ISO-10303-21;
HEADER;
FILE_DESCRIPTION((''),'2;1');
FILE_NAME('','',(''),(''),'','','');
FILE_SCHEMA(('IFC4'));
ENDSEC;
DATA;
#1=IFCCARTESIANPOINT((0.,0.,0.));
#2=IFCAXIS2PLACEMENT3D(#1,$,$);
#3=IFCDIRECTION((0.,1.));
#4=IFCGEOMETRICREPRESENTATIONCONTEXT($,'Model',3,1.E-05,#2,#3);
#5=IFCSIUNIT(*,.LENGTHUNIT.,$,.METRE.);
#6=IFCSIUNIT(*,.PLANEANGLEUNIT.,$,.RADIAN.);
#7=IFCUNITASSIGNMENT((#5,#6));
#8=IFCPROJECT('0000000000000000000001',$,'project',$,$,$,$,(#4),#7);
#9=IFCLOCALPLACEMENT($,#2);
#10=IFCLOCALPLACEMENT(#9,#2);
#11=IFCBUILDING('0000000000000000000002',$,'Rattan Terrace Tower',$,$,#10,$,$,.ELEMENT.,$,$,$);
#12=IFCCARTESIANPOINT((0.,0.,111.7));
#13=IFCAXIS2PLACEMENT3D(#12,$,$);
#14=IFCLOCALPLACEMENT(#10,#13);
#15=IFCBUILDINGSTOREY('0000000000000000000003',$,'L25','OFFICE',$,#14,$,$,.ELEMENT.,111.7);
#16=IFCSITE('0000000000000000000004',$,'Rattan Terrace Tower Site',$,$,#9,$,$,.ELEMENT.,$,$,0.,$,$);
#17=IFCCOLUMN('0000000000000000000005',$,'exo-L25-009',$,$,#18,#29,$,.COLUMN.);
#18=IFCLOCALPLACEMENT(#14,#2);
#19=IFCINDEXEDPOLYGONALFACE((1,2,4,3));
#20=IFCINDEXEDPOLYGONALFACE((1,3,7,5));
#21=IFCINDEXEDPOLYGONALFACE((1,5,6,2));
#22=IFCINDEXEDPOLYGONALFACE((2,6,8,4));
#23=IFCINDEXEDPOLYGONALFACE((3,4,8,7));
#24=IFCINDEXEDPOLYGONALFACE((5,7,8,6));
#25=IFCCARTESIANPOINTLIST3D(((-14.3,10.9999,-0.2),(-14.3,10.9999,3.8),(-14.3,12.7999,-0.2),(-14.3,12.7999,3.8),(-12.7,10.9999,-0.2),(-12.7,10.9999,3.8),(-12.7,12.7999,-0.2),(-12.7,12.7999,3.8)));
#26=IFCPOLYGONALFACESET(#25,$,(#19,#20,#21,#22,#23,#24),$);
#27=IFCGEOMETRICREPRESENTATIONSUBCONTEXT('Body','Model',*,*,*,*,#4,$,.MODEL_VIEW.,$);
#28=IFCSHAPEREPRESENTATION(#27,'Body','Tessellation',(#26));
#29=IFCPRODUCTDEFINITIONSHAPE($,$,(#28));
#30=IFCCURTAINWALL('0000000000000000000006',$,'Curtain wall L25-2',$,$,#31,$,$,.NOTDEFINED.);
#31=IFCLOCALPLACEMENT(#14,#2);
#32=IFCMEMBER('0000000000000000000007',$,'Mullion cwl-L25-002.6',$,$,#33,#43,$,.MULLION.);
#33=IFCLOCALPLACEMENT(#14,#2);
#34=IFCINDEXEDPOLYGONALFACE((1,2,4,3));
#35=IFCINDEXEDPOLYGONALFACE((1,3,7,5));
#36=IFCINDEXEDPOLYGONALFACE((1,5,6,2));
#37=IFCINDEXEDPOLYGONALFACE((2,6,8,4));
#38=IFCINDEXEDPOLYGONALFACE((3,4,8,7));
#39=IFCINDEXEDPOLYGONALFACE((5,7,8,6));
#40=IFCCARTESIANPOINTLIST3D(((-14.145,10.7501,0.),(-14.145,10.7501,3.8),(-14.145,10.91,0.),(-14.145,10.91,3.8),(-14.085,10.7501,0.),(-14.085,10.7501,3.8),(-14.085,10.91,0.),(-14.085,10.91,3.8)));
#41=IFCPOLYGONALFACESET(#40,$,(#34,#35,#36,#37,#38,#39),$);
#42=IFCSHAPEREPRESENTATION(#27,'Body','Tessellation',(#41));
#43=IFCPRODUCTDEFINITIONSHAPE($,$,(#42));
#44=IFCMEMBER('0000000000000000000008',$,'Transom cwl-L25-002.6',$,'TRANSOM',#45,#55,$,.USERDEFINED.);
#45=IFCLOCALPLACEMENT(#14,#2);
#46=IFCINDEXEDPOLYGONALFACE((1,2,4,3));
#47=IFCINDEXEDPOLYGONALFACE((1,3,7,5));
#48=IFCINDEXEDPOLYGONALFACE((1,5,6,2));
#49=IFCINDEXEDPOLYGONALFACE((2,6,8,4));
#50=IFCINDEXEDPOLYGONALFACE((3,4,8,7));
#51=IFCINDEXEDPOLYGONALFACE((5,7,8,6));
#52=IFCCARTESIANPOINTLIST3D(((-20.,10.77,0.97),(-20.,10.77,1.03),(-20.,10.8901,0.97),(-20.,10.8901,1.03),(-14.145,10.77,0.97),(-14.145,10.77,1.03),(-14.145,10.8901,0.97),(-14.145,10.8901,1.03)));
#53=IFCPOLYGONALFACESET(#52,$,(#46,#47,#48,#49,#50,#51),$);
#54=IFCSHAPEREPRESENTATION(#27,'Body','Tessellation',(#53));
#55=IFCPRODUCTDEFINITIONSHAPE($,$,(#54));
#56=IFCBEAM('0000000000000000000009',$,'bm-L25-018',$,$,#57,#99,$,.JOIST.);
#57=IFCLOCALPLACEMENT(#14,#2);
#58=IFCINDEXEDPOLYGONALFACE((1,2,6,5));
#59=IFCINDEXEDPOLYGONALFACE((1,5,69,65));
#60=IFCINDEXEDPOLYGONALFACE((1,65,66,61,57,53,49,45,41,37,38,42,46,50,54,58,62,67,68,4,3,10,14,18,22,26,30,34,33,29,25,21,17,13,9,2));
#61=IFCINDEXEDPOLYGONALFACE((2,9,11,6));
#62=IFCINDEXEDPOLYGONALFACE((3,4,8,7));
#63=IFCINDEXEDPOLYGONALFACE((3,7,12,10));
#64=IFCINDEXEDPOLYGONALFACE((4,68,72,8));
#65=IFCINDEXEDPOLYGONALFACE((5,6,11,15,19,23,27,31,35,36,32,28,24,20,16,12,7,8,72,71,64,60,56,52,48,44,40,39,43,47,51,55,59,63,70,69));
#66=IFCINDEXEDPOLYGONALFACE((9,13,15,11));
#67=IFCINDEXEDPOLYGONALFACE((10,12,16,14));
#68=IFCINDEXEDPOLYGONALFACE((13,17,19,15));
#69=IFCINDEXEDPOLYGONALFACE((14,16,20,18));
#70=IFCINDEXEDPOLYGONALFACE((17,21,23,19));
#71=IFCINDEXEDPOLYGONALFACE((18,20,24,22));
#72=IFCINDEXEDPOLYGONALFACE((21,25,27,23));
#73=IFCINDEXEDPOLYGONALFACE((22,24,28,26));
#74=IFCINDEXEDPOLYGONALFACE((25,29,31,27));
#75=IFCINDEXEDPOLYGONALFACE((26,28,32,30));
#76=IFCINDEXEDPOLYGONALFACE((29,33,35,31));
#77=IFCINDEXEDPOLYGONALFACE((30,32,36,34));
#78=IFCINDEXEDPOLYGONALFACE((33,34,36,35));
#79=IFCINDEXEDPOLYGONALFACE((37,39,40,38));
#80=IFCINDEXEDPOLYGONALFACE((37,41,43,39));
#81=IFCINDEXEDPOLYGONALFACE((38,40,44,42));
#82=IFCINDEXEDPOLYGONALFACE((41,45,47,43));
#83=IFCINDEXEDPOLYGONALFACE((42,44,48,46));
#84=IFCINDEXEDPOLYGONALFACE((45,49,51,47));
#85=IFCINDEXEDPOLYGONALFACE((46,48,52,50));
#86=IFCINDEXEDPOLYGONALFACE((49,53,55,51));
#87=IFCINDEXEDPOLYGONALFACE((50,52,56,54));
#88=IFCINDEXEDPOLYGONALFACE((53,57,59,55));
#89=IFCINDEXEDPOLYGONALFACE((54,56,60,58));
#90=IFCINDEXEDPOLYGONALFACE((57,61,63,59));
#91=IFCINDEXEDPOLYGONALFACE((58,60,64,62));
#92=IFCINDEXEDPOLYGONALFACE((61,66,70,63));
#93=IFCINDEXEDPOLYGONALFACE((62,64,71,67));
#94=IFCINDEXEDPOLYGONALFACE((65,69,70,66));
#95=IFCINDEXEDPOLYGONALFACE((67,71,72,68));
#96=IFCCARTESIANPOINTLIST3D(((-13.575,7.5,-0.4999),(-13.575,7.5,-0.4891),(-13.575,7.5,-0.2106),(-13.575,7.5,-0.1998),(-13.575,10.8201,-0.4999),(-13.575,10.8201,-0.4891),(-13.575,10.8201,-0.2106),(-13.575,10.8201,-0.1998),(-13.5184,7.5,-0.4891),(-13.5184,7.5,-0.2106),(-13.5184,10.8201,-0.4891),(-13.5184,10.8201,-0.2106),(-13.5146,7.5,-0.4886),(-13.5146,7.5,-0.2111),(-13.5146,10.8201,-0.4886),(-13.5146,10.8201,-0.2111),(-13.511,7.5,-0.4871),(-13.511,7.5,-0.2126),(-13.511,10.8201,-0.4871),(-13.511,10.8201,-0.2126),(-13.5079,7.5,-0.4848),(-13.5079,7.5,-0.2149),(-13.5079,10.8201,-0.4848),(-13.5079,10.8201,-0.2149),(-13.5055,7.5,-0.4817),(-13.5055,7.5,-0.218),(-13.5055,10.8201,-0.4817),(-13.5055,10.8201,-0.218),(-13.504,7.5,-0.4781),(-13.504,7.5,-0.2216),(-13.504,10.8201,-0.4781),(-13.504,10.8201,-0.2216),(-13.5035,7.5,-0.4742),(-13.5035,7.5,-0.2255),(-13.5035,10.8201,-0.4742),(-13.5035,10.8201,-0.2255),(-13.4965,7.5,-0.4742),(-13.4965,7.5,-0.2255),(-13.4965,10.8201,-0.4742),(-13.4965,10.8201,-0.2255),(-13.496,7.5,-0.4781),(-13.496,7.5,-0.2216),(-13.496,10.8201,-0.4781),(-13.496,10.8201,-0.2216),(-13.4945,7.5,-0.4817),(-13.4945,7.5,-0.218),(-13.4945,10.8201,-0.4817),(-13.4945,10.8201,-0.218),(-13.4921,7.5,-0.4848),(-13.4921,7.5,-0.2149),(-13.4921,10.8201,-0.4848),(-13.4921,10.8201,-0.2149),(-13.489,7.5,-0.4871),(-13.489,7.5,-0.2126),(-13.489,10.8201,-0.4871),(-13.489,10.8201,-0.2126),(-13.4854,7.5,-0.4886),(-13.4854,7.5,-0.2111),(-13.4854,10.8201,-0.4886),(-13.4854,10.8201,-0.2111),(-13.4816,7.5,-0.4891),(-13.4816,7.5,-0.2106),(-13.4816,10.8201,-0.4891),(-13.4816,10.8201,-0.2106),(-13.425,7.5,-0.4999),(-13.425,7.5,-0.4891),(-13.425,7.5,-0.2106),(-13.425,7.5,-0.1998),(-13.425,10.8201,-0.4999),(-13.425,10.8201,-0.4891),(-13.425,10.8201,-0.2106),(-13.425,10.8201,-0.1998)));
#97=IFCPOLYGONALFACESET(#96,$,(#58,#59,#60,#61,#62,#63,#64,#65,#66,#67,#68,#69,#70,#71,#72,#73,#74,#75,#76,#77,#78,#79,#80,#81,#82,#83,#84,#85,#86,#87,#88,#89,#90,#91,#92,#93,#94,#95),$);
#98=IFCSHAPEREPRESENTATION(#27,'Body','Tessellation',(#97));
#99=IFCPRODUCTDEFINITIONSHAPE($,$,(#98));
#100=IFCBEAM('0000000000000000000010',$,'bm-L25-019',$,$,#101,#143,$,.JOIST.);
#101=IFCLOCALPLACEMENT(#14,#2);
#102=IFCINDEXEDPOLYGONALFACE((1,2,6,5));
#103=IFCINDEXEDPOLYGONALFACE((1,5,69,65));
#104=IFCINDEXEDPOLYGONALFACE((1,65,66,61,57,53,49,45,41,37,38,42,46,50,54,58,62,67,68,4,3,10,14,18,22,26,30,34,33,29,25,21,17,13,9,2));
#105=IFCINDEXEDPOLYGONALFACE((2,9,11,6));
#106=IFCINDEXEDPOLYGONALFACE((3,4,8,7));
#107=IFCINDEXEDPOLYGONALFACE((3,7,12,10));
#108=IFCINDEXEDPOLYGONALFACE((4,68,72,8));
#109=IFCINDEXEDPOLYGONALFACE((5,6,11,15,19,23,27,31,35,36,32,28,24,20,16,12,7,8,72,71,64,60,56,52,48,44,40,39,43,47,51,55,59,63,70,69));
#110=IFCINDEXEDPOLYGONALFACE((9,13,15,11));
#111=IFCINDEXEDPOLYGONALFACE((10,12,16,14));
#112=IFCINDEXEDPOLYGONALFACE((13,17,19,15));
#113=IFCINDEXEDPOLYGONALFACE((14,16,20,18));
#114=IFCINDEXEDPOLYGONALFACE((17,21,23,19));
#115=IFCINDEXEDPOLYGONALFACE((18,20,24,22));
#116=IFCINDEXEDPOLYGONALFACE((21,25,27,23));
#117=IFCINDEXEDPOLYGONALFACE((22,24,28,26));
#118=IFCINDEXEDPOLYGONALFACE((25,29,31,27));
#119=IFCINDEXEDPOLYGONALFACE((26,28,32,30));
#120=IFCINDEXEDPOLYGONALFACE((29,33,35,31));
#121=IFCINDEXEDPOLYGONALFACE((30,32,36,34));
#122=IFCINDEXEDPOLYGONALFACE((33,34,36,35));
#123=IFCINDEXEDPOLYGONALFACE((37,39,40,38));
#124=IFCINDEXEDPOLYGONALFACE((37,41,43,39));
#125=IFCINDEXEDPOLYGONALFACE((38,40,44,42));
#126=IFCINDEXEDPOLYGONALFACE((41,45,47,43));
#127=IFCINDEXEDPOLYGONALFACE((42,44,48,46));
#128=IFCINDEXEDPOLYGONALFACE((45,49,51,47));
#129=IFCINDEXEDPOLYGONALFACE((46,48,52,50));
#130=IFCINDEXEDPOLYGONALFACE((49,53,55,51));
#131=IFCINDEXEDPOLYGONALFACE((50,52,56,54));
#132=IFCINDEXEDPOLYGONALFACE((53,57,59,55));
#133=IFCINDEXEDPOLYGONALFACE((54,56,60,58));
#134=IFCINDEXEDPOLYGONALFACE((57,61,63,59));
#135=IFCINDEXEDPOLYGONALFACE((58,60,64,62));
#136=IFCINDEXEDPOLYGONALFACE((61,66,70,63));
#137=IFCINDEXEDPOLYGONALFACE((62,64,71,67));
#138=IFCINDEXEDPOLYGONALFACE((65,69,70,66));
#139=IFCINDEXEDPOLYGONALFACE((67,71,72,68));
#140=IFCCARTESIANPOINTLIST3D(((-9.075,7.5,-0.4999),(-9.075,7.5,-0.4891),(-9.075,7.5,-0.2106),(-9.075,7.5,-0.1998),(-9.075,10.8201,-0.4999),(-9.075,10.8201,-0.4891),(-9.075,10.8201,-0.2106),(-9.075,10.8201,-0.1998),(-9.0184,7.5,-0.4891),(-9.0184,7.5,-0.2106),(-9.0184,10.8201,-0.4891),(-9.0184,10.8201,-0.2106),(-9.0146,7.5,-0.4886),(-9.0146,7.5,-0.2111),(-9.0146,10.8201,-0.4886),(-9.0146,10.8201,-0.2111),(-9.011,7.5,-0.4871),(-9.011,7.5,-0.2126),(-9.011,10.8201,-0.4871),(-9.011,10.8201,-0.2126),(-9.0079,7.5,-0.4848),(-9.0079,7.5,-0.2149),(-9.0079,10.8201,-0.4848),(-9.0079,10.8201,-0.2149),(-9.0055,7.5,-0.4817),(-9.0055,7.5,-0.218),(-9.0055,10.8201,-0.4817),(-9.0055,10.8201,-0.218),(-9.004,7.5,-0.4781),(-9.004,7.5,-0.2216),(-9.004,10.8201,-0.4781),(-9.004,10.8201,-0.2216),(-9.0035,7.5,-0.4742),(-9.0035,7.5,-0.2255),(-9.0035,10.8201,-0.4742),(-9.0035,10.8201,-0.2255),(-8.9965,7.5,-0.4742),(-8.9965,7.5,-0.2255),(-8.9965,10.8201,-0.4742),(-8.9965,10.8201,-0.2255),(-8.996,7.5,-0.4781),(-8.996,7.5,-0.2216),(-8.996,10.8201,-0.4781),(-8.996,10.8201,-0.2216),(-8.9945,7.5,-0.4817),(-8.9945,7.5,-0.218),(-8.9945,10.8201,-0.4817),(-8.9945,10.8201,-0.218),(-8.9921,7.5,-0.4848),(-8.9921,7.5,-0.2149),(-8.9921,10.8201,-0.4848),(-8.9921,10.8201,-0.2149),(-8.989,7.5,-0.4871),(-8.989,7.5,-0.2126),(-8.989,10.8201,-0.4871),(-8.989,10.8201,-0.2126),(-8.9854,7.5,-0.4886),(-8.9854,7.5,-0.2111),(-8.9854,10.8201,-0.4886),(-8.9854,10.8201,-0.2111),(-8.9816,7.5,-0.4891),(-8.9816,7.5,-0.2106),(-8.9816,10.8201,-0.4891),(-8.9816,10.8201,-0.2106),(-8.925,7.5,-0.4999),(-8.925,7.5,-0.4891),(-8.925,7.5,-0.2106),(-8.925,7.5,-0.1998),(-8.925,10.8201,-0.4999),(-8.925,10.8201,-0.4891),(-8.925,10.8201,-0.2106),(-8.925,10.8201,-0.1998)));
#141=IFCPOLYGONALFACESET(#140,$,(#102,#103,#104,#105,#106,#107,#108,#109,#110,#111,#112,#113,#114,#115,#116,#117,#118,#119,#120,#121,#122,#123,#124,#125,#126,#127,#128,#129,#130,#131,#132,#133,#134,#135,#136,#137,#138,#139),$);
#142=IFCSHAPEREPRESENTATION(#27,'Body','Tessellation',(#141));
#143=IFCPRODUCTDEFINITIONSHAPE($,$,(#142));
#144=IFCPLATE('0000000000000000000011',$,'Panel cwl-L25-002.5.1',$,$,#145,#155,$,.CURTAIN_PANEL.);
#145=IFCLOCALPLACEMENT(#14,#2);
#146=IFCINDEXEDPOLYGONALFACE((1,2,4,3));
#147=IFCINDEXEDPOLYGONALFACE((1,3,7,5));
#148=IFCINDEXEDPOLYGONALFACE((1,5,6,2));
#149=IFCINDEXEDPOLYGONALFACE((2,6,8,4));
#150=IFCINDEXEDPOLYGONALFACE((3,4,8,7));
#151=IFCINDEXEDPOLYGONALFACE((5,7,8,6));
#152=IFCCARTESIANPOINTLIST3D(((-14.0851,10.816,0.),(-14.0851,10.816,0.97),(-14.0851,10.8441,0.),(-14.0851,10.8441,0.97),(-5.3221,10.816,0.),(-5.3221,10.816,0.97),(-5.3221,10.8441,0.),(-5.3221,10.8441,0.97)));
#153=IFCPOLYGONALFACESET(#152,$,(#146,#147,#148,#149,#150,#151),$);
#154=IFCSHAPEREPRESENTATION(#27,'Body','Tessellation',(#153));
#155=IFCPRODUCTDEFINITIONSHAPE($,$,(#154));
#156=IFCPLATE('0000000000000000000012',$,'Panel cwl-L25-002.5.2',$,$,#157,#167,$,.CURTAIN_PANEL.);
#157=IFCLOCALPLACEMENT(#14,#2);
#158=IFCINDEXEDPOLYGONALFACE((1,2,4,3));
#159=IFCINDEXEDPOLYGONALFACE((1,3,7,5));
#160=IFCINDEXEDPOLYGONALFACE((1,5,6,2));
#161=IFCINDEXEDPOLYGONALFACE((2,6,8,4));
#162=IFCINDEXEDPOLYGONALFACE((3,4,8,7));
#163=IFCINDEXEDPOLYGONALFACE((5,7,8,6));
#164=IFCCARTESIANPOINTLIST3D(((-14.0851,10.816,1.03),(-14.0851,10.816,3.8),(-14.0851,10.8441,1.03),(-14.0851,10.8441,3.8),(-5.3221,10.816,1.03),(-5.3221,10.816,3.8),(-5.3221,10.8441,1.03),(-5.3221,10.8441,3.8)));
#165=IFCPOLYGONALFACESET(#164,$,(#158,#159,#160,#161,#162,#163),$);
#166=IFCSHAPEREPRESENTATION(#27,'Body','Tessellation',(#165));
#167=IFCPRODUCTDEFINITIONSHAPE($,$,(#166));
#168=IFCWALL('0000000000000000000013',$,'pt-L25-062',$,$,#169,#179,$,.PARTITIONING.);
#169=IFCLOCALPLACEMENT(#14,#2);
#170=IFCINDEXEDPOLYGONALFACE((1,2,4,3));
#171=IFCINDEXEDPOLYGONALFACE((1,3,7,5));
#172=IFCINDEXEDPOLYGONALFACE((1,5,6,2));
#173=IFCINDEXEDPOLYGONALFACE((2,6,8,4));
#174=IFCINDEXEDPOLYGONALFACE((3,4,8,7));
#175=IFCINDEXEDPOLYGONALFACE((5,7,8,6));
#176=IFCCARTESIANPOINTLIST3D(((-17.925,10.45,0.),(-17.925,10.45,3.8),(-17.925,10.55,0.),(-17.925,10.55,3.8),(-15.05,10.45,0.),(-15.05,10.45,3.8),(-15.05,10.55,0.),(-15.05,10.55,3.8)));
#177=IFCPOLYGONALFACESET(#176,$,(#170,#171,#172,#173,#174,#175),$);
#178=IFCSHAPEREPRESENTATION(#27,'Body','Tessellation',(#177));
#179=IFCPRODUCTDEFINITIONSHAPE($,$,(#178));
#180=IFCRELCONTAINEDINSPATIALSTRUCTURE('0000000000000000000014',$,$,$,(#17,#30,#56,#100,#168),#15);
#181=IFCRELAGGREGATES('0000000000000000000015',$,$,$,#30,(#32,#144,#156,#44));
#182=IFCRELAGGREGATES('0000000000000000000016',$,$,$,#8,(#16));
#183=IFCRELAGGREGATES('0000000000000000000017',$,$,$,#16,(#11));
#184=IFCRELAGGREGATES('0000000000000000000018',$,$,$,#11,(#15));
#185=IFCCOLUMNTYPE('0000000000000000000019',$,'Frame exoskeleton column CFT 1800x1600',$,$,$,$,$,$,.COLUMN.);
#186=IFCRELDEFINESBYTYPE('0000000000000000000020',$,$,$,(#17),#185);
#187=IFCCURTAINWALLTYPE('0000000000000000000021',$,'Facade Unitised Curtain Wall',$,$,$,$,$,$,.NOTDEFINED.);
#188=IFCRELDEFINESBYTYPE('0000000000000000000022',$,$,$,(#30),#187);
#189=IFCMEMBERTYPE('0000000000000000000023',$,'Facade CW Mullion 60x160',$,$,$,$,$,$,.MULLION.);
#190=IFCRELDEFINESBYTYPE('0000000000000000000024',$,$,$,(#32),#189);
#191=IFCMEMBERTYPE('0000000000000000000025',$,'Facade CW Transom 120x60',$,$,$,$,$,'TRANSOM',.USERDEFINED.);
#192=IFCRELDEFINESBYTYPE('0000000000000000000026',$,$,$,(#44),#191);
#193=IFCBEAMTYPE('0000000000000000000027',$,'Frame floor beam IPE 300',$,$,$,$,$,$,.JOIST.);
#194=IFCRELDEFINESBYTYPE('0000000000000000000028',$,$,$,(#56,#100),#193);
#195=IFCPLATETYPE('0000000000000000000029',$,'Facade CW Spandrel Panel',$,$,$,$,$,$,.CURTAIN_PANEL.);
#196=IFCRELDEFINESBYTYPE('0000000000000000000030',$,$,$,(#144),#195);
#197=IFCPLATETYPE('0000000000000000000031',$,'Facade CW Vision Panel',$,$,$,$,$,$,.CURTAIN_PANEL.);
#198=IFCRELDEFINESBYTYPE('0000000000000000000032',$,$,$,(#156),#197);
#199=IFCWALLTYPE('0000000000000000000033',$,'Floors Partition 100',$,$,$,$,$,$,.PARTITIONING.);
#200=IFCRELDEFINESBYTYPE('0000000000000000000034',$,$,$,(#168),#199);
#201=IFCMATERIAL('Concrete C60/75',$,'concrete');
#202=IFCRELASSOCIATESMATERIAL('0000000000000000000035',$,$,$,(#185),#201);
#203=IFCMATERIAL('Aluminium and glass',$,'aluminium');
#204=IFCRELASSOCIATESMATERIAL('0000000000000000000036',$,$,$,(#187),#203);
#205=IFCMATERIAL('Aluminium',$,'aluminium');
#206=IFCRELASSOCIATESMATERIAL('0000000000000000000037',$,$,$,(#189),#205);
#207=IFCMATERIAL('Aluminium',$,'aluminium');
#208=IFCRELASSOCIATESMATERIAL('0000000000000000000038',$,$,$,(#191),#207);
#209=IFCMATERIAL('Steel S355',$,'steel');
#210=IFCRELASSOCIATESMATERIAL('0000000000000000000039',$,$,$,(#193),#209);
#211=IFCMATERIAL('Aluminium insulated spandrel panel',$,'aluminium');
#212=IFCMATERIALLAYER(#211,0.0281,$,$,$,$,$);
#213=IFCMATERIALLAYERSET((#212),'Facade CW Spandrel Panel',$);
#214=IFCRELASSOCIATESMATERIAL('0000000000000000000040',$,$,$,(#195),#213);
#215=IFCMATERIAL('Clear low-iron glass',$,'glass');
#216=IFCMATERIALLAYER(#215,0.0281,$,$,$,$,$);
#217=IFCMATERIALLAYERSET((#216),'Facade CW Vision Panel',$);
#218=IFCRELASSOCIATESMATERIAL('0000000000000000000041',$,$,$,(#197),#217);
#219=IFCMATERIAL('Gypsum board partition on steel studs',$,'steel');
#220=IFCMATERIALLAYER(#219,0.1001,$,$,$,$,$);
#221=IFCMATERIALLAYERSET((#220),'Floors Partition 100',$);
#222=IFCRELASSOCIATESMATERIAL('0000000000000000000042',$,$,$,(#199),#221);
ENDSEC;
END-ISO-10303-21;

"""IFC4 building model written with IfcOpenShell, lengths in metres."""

from ifc_helpers import new_model, si_unit, direction, frame, frame_2d, origin, origin_2d, place, context, subcontext, project, spatial, rectangle, i_section, extrude, material, layer, layer_set, material_profile, profile_set, type_object, element, aggregate, save


model = new_model("IFC4")

# Units and contexts
model_context = context("Model", 3, precision=1e-05, world=origin(), true_north=direction((0.0, 1.0)))
body_context = subcontext(model_context, "Body", "Model", "MODEL_VIEW")
ifc_project = project(units=[si_unit("LENGTHUNIT", "METRE"), si_unit("PLANEANGLEUNIT", "RADIAN")], contexts=[model_context])

# Site, building, storey
site_placement = place(None, origin())
site = spatial("IfcSite", under=ifc_project, at=site_placement, Name="Rattan Terrace Tower Site", CompositionType="ELEMENT", RefElevation=0.0)
building_placement = place(site_placement, origin())
building = spatial("IfcBuilding", under=site, at=building_placement, Name="Rattan Terrace Tower", CompositionType="ELEMENT")
storey_placement = place(building_placement, frame((0.0, 0.0, 111.7)))
storey = spatial("IfcBuildingStorey", under=building, at=storey_placement, Name="L25", Description="OFFICE", CompositionType="ELEMENT", Elevation=111.7)

# Column
ifc_material_1 = material(Name="Concrete C60/75", Category="concrete")
ifc_material_profile_1 = material_profile(ifc_material_1, rectangle(XDim=1.6001, YDim=1.8, at=origin_2d()), Name="CFT 1800x1600")
ifc_profile_set_1 = profile_set([ifc_material_profile_1], Name="Concrete C60/75")
column_type = type_object("IfcColumnType", Name="Frame exoskeleton column CFT 1800x1600", PredefinedType="COLUMN", material=ifc_profile_set_1)
column_placement = place(storey_placement, frame((-13.5, 11.8999, -0.2), z_axis=(0.0, 0.0, 1.0), x_axis=(1.0, 0.0, 0.0)))
element("IfcColumn", 1, at=column_placement, inside=storey, type_object=column_type, Name="exo-L25-009", PredefinedType="COLUMN", context=body_context, shape_type="SweptSolid", body=[
    extrude(rectangle(XDim=1.6001, YDim=1.8, at=origin_2d()), origin(), (0.0, 0.0, 1.0), 4.0),
])

# Curtain wall, members
ifc_material_2 = material(Name="Aluminium and glass", Category="aluminium")
curtain_wall_type = type_object("IfcCurtainWallType", Name="Facade Unitised Curtain Wall", PredefinedType="NOTDEFINED", material=ifc_material_2)
curtain_wall_placement = place(storey_placement, origin())
curtain_wall = element("IfcCurtainWall", 2, at=curtain_wall_placement, inside=storey, type_object=curtain_wall_type, Name="Curtain wall L25-2", PredefinedType="NOTDEFINED")
ifc_material_3 = material(Name="Aluminium", Category="aluminium")
ifc_material_profile_2 = material_profile(ifc_material_3, rectangle(XDim=0.0601, YDim=0.1599, at=origin_2d()), Name="Aluminium 60x160")
ifc_profile_set_2 = profile_set([ifc_material_profile_2], Name="Aluminium")
member_type_1 = type_object("IfcMemberType", Name="Facade CW Mullion 60x160", PredefinedType="MULLION", material=ifc_profile_set_2)
member_1_placement = place(storey_placement, frame((-14.115, 10.8301, 0.0), z_axis=(0.0, 0.0, 1.0), x_axis=(-1.0, 0.0, 0.0)))
member_1 = element("IfcMember", 3, at=member_1_placement, type_object=member_type_1, Name="Mullion cwl-L25-002.6", PredefinedType="MULLION", context=body_context, shape_type="SweptSolid", body=[
    extrude(rectangle(XDim=0.0601, YDim=0.1599, at=origin_2d()), origin(), (0.0, 0.0, 1.0), 3.8),
])
ifc_material_4 = material(Name="Aluminium", Category="aluminium")
ifc_material_profile_3 = material_profile(ifc_material_4, rectangle(XDim=0.1201, YDim=0.0601, at=origin_2d()), Name="Aluminium 120x60")
ifc_profile_set_3 = profile_set([ifc_material_profile_3], Name="Aluminium")
member_type_2 = type_object("IfcMemberType", Name="Facade CW Transom 120x60", ElementType="TRANSOM", PredefinedType="USERDEFINED", material=ifc_profile_set_3)
member_2_placement = place(storey_placement, frame((-14.145, 10.8301, 1.0), z_axis=(-1.0, 0.0, 0.0), x_axis=(0.0, -1.0, 0.0)))
member_2 = element("IfcMember", 4, at=member_2_placement, type_object=member_type_2, Name="Transom cwl-L25-002.6", ObjectType="TRANSOM", PredefinedType="USERDEFINED", context=body_context, shape_type="SweptSolid", body=[
    extrude(rectangle(XDim=0.1201, YDim=0.0601, at=origin_2d()), origin(), (0.0, 0.0, 1.0), 5.855),
])

# Beams
ifc_material_5 = material(Name="Steel S355", Category="steel")
ifc_material_profile_4 = material_profile(ifc_material_5, i_section(OverallWidth=0.1499, OverallDepth=0.3, WebThickness=0.0071, FlangeThickness=0.0107, FilletRadius=0.0149, at=origin_2d()), Name="IPE 300")
ifc_profile_set_4 = profile_set([ifc_material_profile_4], Name="Steel S355")
beam_type = type_object("IfcBeamType", Name="Frame floor beam IPE 300", PredefinedType="JOIST", material=ifc_profile_set_4)
for number, where, z_axis, x_axis, name in (
    (5, (-13.5, 7.5, -0.3499), (0.0, 1.0, 0.0), (-1.0, 0.0, 0.0), "bm-L25-018"),
    (6, (-9.0, 7.5, -0.3499), (0.0, 1.0, 0.0), (-1.0, 0.0, 0.0), "bm-L25-019"),
):
    element("IfcBeam", number, at=place(storey_placement, frame(where, z_axis=z_axis, x_axis=x_axis)), inside=storey, type_object=beam_type, Name=name, PredefinedType="JOIST", context=body_context, shape_type="SweptSolid", body=[
        extrude(i_section(OverallWidth=0.1499, OverallDepth=0.3, WebThickness=0.0071, FlangeThickness=0.0107, FilletRadius=0.0149, at=origin_2d()), origin(), (0.0, 0.0, 1.0), 3.3201),
    ])

# Plates
ifc_material_6 = material(Name="Aluminium insulated spandrel panel", Category="aluminium")
ifc_layer_1 = layer(ifc_material_6, 0.0281)
ifc_layer_set_1 = layer_set([ifc_layer_1], Name="Facade CW Spandrel Panel")
plate_type_1 = type_object("IfcPlateType", Name="Facade CW Spandrel Panel", PredefinedType="CURTAIN_PANEL", material=ifc_layer_set_1)
plate_1_placement = place(storey_placement, frame((-9.7036, 10.8301, 0.0), z_axis=(0.0, 0.0, 1.0), x_axis=(-1.0, 0.0, 0.0)))
plate_1 = element("IfcPlate", 7, at=plate_1_placement, type_object=plate_type_1, Name="Panel cwl-L25-002.5.1", PredefinedType="CURTAIN_PANEL", context=body_context, shape_type="SweptSolid", body=[
    extrude(rectangle(XDim=8.7629, YDim=0.0281, at=origin_2d()), origin(), (0.0, 0.0, 1.0), 0.97),
])
ifc_material_7 = material(Name="Clear low-iron glass", Category="glass")
ifc_layer_2 = layer(ifc_material_7, 0.0281)
ifc_layer_set_2 = layer_set([ifc_layer_2], Name="Facade CW Vision Panel")
plate_type_2 = type_object("IfcPlateType", Name="Facade CW Vision Panel", PredefinedType="CURTAIN_PANEL", material=ifc_layer_set_2)
plate_2_placement = place(storey_placement, frame((-9.7036, 10.8301, 1.03), z_axis=(0.0, 0.0, 1.0), x_axis=(-1.0, 0.0, 0.0)))
plate_2 = element("IfcPlate", 8, at=plate_2_placement, type_object=plate_type_2, Name="Panel cwl-L25-002.5.2", PredefinedType="CURTAIN_PANEL", context=body_context, shape_type="SweptSolid", body=[
    extrude(rectangle(XDim=8.7629, YDim=0.0281, at=origin_2d()), origin(), (0.0, 0.0, 1.0), 2.77),
])
aggregate(curtain_wall, [member_1, plate_1, plate_2, member_2])

# Wall
ifc_material_8 = material(Name="Gypsum board partition on steel studs", Category="steel")
ifc_layer_3 = layer(ifc_material_8, 0.1001)
ifc_layer_set_3 = layer_set([ifc_layer_3], Name="Floors Partition 100")
wall_type_1 = type_object("IfcWallType", Name="Floors Partition 100", PredefinedType="PARTITIONING", material=ifc_layer_set_3)
wall_1_placement = place(storey_placement, frame((-15.05, 10.5, 0.0), z_axis=(0.0, 0.0, 1.0), x_axis=(-1.0, 0.0, 0.0)))
element("IfcWall", 9, at=wall_1_placement, inside=storey, type_object=wall_type_1, Name="pt-L25-062", PredefinedType="PARTITIONING", context=body_context, shape_type="SweptSolid", body=[
    extrude(rectangle(XDim=2.875, YDim=0.1001, at=frame_2d((1.4375, 0.0))), origin(), (0.0, 0.0, 1.0), 3.8),
])

save(model, "model.ifc")
